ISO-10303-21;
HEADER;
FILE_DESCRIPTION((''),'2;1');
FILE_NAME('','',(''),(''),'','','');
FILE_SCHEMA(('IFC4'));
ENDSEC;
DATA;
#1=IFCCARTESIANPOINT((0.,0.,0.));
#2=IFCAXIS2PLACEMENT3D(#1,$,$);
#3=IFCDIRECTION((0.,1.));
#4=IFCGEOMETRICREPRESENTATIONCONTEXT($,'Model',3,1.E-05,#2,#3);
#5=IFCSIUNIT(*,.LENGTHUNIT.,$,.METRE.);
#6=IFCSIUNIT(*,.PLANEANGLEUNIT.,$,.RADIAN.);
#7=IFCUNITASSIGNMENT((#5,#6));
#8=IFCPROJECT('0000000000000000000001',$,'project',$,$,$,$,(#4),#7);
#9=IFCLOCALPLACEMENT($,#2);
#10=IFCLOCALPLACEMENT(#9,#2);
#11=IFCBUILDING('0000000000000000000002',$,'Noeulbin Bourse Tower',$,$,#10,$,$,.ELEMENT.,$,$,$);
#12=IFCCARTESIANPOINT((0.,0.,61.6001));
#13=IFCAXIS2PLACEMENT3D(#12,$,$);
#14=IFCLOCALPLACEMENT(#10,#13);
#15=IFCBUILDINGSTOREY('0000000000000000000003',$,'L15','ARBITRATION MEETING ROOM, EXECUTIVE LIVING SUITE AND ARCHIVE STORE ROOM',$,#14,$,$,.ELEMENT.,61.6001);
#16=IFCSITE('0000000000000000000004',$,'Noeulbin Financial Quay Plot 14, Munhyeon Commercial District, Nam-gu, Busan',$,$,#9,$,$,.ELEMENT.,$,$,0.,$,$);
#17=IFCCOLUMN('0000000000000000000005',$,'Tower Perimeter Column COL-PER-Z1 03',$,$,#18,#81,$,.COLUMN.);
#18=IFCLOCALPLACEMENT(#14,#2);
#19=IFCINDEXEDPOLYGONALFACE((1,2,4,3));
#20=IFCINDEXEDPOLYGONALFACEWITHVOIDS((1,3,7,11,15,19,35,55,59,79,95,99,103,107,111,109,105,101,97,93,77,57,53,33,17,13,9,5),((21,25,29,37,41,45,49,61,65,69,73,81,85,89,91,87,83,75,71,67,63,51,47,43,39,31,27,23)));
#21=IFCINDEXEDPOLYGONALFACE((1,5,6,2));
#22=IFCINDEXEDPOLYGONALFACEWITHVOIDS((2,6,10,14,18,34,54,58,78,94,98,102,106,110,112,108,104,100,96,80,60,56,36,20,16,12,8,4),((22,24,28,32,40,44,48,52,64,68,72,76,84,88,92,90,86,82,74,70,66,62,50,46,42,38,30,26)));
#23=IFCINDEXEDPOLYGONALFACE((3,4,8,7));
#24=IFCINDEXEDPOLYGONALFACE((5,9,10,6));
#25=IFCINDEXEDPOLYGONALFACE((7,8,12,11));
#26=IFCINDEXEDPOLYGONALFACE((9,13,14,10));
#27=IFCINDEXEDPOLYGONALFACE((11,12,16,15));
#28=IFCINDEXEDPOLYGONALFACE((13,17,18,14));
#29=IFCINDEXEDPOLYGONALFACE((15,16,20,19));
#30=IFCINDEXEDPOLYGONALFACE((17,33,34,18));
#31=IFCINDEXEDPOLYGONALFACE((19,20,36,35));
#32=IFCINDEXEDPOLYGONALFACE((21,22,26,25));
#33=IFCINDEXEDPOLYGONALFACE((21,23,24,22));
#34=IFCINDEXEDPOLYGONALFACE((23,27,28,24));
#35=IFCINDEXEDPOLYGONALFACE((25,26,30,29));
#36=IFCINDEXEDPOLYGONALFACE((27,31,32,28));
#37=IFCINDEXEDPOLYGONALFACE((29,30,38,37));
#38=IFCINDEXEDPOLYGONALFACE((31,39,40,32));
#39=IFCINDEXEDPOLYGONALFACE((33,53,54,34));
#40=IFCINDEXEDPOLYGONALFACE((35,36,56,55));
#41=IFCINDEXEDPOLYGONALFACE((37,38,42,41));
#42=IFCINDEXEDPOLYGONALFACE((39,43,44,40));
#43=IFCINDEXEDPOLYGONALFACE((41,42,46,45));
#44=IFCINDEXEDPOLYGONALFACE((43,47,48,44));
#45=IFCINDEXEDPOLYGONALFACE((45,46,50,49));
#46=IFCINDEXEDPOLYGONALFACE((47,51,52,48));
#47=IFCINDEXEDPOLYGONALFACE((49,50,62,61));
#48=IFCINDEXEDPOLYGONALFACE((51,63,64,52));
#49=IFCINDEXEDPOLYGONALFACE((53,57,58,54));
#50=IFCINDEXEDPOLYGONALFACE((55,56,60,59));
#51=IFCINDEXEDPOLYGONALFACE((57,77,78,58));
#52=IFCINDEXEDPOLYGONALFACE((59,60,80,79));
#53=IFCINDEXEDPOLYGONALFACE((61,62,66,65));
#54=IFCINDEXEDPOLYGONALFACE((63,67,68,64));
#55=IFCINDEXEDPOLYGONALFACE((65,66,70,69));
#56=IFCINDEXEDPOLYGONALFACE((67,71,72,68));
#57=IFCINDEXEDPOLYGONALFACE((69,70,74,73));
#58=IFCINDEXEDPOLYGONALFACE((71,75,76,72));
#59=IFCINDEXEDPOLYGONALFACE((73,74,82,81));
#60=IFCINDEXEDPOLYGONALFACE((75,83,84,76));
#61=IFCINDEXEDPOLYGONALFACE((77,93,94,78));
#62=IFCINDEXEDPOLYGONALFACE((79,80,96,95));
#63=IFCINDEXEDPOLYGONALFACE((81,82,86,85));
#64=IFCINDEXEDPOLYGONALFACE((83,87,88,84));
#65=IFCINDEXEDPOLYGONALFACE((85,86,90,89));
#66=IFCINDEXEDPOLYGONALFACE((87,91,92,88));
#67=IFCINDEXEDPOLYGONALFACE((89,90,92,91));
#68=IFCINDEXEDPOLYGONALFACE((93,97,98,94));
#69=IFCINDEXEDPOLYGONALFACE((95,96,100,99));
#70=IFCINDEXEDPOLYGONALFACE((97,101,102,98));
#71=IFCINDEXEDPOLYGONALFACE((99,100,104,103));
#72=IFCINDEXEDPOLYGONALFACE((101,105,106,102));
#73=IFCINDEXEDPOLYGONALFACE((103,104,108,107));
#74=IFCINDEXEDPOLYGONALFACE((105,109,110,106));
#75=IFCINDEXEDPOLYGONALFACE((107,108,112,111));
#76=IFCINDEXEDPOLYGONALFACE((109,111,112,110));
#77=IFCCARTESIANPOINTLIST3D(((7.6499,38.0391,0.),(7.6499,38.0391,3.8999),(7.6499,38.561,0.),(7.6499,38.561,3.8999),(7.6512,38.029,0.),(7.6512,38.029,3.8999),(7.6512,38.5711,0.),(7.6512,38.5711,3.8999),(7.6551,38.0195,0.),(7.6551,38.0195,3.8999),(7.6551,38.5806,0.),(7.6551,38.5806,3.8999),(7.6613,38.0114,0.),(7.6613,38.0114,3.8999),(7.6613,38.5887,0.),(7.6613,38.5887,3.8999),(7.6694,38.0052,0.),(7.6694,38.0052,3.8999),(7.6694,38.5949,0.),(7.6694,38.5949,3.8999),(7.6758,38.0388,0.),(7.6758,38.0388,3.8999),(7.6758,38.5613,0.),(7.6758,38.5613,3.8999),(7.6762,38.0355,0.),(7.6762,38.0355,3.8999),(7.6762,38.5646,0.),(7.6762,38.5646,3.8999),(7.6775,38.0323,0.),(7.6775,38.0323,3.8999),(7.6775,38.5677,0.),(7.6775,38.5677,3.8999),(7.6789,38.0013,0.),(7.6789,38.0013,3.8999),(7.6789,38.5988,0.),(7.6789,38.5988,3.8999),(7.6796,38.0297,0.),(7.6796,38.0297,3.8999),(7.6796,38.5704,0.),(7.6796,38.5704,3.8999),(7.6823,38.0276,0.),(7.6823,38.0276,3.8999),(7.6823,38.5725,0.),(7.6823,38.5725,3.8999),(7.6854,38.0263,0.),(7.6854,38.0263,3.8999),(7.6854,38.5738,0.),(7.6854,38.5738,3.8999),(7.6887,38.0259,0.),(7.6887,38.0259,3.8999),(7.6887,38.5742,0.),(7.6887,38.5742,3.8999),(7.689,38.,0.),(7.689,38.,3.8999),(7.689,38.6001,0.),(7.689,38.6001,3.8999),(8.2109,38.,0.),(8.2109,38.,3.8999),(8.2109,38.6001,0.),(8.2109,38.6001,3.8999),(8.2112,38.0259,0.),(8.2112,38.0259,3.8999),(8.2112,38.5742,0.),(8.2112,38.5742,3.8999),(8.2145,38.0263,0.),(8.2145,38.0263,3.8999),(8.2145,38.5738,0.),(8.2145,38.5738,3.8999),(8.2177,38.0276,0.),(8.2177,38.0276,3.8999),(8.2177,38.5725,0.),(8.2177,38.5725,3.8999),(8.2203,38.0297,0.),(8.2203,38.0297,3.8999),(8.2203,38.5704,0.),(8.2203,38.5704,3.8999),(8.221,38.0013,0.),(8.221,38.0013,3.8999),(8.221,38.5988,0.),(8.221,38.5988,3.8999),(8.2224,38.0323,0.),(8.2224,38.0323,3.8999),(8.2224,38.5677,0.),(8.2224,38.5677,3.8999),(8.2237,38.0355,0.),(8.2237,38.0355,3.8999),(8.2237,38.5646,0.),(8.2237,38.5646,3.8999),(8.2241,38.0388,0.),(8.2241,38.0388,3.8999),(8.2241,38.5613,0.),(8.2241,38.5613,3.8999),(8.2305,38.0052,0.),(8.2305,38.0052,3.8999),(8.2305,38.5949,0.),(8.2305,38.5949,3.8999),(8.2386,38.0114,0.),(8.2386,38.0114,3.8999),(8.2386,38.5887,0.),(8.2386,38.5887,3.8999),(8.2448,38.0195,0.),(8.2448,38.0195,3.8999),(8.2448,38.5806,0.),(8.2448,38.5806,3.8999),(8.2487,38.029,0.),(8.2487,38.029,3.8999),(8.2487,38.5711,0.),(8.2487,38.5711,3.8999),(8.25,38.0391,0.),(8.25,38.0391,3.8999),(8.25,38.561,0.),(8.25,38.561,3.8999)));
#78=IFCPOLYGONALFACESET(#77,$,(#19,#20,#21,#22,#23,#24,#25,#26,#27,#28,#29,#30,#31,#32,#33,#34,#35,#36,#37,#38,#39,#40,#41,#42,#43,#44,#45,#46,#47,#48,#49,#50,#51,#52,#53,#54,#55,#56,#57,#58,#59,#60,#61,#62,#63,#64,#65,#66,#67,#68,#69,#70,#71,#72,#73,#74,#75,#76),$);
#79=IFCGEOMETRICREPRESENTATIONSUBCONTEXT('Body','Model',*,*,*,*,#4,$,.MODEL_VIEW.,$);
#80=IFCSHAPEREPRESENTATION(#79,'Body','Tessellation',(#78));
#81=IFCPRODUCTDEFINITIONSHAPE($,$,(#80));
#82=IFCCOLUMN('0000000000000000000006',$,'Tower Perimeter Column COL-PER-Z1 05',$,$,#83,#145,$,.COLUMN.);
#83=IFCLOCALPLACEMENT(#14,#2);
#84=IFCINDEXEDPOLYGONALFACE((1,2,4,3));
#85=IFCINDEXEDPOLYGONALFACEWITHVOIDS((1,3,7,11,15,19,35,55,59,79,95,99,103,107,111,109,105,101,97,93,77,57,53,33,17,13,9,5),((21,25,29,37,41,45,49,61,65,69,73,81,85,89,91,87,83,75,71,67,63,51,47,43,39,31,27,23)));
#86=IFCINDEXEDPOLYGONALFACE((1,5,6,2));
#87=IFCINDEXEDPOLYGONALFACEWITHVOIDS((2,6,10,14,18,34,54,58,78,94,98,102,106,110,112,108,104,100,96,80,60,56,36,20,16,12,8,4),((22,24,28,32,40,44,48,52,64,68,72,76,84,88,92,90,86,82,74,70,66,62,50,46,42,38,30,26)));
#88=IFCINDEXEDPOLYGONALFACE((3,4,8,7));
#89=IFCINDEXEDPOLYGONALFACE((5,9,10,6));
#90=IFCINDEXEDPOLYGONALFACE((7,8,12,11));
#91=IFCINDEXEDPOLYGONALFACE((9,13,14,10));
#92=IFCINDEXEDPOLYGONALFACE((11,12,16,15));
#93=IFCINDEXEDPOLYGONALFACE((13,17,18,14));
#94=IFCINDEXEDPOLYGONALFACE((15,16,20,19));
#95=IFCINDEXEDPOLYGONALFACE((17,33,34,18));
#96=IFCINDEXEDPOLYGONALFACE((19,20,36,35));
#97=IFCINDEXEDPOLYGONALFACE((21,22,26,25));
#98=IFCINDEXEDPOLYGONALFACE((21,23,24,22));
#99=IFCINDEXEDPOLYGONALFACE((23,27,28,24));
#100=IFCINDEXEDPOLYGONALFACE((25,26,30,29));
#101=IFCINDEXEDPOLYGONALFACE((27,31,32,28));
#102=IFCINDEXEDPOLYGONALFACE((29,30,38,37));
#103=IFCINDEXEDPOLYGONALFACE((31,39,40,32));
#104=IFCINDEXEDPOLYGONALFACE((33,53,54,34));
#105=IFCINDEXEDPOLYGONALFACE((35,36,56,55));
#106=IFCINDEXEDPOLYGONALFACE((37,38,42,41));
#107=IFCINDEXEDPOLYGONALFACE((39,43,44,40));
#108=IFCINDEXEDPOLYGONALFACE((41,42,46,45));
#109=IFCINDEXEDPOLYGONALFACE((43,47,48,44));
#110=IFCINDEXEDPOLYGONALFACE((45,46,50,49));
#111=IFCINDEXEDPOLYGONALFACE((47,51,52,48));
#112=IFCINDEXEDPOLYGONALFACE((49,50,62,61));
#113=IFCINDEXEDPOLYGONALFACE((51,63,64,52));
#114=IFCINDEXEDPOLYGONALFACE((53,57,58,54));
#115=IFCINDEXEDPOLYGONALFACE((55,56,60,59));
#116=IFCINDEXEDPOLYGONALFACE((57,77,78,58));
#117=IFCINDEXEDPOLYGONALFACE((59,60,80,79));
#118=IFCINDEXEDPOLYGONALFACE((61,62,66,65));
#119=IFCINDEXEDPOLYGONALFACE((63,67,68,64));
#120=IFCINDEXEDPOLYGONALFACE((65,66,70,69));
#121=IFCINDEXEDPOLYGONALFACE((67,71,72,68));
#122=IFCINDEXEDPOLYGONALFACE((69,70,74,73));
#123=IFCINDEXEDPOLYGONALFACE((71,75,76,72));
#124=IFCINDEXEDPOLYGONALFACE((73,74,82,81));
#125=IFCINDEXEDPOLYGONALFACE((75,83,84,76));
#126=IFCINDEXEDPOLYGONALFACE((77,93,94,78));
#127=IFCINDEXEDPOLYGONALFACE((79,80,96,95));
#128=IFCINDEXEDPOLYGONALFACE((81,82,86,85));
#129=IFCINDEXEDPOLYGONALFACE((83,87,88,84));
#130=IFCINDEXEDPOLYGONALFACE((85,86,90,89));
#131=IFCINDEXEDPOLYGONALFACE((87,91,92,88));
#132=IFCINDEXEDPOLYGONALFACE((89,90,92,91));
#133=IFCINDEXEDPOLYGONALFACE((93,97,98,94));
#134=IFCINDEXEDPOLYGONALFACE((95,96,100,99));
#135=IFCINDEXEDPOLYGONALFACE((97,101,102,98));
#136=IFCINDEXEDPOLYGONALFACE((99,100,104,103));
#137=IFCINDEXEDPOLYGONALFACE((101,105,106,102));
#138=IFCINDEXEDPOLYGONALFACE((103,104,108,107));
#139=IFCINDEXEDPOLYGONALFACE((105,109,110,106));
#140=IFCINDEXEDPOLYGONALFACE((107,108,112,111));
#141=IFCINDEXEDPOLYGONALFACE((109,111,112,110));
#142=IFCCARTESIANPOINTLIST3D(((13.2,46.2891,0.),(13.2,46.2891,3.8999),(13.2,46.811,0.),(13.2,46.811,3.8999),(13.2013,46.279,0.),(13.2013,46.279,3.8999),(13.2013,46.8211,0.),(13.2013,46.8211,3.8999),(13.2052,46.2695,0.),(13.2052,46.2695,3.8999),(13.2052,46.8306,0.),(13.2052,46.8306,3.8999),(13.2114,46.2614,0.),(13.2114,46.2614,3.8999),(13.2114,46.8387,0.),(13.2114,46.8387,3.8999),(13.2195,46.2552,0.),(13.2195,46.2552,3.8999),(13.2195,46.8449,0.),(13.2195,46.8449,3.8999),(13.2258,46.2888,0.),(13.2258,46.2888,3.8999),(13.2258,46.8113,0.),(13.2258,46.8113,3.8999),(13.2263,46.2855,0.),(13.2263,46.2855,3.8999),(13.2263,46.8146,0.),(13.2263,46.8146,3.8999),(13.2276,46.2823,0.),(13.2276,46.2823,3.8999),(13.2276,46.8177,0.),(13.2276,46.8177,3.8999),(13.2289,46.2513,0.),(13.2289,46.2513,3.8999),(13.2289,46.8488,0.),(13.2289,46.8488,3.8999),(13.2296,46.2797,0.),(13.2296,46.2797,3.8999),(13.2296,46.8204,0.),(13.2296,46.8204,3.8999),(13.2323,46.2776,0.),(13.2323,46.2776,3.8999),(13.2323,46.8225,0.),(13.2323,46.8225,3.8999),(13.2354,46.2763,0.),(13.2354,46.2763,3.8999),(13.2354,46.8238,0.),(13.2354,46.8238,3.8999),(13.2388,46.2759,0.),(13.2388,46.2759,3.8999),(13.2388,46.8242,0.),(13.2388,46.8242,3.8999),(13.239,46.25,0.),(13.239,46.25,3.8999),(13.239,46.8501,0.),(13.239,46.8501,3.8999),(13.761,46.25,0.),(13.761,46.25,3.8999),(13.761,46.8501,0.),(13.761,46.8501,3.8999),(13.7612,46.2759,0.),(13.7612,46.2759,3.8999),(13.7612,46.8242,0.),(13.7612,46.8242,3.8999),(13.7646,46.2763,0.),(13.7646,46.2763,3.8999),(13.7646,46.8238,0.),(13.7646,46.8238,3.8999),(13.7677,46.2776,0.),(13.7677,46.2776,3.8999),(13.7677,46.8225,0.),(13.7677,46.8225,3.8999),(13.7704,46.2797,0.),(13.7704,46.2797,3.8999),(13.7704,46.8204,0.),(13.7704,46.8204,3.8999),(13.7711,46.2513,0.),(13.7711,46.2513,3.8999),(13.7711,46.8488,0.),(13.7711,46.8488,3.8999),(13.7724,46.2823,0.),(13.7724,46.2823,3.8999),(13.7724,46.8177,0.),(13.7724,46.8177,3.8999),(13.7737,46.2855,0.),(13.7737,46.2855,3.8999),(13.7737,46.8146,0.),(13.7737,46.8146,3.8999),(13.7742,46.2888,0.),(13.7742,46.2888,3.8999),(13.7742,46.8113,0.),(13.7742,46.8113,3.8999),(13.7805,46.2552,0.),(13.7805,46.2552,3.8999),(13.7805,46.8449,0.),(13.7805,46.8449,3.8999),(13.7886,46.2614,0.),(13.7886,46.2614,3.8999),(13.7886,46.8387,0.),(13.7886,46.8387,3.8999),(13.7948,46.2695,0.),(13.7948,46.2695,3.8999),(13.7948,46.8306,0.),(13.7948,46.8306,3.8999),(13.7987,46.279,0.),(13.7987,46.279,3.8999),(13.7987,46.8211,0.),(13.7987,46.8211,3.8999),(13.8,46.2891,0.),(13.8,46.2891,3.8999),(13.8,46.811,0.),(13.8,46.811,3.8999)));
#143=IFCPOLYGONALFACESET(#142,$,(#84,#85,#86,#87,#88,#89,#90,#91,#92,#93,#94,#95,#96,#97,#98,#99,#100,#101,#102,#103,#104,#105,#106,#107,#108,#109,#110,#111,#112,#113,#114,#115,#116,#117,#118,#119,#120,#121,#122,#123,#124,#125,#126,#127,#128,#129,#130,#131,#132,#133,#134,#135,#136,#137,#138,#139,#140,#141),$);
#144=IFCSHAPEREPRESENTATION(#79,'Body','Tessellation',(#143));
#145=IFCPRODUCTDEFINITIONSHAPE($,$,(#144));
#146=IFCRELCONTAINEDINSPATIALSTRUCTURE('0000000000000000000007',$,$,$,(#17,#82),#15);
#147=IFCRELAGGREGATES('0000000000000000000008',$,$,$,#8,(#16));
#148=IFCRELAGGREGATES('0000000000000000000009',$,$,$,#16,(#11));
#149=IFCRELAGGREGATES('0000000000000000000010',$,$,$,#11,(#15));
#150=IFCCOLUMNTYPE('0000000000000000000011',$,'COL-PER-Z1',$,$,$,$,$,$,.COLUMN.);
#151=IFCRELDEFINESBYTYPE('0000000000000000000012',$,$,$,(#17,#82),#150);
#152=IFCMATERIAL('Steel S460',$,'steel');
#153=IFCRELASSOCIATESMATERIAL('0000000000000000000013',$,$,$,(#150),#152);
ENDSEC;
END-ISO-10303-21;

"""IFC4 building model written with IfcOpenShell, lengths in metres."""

from ifc_helpers import new_model, si_unit, direction, frame, origin, origin_2d, place, context, subcontext, project, spatial, hollow_rectangle, extrude, material, material_profile, profile_set, type_object, element, save


model = new_model("IFC4")

# Units and contexts
model_context = context("Model", 3, precision=1e-05, world=origin(), true_north=direction((0.0, 1.0)))
body_context = subcontext(model_context, "Body", "Model", "MODEL_VIEW")
ifc_project = project(units=[si_unit("LENGTHUNIT", "METRE"), si_unit("PLANEANGLEUNIT", "RADIAN")], contexts=[model_context])

# Site, building, storey
site_placement = place(None, origin())
site = spatial("IfcSite", under=ifc_project, at=site_placement, Name="Noeulbin Financial Quay Plot 14, Munhyeon Commercial District, Nam-gu, Busan", CompositionType="ELEMENT", RefElevation=0.0)
building_placement = place(site_placement, origin())
building = spatial("IfcBuilding", under=site, at=building_placement, Name="Noeulbin Bourse Tower", CompositionType="ELEMENT")
storey_placement = place(building_placement, frame((0.0, 0.0, 61.6001)))
storey = spatial("IfcBuildingStorey", under=building, at=storey_placement, Name="L15", Description="ARBITRATION MEETING ROOM, EXECUTIVE LIVING SUITE AND ARCHIVE STORE ROOM", CompositionType="ELEMENT", Elevation=61.6001)

# Columns
ifc_material_1 = material(Name="Steel S460", Category="steel")
ifc_material_profile_1 = material_profile(ifc_material_1, hollow_rectangle(XDim=0.6001, YDim=0.6001, WallThickness=0.0259, InnerFilletRadius=0.0129, OuterFilletRadius=0.0391, at=origin_2d()), Name="BOX-600x600x26", Category="LoadBearing")
ifc_profile_set_1 = profile_set([ifc_material_profile_1], Name="Steel S460")
column_type_1 = type_object("IfcColumnType", Name="COL-PER-Z1", PredefinedType="COLUMN", material=ifc_profile_set_1)
for number, where, z_axis, x_axis, name in (
    (1, (7.95, 38.3, 0.0), (0.0, 0.0, 1.0), (1.0, 0.0, 0.0), "Tower Perimeter Column COL-PER-Z1 03"),
    (2, (13.5, 46.55, 0.0), (0.0, 0.0, 1.0), (1.0, 0.0, 0.0), "Tower Perimeter Column COL-PER-Z1 05"),
):
    element("IfcColumn", number, at=place(storey_placement, frame(where, z_axis=z_axis, x_axis=x_axis)), inside=storey, type_object=column_type_1, Name=name, PredefinedType="COLUMN", context=body_context, shape_type="SweptSolid", body=[
        extrude(hollow_rectangle(XDim=0.6001, YDim=0.6001, WallThickness=0.0259, InnerFilletRadius=0.0129, OuterFilletRadius=0.0391, at=origin_2d()), origin(), (0.0, 0.0, 1.0), 3.8999),
    ])

save(model, "model.ifc")
